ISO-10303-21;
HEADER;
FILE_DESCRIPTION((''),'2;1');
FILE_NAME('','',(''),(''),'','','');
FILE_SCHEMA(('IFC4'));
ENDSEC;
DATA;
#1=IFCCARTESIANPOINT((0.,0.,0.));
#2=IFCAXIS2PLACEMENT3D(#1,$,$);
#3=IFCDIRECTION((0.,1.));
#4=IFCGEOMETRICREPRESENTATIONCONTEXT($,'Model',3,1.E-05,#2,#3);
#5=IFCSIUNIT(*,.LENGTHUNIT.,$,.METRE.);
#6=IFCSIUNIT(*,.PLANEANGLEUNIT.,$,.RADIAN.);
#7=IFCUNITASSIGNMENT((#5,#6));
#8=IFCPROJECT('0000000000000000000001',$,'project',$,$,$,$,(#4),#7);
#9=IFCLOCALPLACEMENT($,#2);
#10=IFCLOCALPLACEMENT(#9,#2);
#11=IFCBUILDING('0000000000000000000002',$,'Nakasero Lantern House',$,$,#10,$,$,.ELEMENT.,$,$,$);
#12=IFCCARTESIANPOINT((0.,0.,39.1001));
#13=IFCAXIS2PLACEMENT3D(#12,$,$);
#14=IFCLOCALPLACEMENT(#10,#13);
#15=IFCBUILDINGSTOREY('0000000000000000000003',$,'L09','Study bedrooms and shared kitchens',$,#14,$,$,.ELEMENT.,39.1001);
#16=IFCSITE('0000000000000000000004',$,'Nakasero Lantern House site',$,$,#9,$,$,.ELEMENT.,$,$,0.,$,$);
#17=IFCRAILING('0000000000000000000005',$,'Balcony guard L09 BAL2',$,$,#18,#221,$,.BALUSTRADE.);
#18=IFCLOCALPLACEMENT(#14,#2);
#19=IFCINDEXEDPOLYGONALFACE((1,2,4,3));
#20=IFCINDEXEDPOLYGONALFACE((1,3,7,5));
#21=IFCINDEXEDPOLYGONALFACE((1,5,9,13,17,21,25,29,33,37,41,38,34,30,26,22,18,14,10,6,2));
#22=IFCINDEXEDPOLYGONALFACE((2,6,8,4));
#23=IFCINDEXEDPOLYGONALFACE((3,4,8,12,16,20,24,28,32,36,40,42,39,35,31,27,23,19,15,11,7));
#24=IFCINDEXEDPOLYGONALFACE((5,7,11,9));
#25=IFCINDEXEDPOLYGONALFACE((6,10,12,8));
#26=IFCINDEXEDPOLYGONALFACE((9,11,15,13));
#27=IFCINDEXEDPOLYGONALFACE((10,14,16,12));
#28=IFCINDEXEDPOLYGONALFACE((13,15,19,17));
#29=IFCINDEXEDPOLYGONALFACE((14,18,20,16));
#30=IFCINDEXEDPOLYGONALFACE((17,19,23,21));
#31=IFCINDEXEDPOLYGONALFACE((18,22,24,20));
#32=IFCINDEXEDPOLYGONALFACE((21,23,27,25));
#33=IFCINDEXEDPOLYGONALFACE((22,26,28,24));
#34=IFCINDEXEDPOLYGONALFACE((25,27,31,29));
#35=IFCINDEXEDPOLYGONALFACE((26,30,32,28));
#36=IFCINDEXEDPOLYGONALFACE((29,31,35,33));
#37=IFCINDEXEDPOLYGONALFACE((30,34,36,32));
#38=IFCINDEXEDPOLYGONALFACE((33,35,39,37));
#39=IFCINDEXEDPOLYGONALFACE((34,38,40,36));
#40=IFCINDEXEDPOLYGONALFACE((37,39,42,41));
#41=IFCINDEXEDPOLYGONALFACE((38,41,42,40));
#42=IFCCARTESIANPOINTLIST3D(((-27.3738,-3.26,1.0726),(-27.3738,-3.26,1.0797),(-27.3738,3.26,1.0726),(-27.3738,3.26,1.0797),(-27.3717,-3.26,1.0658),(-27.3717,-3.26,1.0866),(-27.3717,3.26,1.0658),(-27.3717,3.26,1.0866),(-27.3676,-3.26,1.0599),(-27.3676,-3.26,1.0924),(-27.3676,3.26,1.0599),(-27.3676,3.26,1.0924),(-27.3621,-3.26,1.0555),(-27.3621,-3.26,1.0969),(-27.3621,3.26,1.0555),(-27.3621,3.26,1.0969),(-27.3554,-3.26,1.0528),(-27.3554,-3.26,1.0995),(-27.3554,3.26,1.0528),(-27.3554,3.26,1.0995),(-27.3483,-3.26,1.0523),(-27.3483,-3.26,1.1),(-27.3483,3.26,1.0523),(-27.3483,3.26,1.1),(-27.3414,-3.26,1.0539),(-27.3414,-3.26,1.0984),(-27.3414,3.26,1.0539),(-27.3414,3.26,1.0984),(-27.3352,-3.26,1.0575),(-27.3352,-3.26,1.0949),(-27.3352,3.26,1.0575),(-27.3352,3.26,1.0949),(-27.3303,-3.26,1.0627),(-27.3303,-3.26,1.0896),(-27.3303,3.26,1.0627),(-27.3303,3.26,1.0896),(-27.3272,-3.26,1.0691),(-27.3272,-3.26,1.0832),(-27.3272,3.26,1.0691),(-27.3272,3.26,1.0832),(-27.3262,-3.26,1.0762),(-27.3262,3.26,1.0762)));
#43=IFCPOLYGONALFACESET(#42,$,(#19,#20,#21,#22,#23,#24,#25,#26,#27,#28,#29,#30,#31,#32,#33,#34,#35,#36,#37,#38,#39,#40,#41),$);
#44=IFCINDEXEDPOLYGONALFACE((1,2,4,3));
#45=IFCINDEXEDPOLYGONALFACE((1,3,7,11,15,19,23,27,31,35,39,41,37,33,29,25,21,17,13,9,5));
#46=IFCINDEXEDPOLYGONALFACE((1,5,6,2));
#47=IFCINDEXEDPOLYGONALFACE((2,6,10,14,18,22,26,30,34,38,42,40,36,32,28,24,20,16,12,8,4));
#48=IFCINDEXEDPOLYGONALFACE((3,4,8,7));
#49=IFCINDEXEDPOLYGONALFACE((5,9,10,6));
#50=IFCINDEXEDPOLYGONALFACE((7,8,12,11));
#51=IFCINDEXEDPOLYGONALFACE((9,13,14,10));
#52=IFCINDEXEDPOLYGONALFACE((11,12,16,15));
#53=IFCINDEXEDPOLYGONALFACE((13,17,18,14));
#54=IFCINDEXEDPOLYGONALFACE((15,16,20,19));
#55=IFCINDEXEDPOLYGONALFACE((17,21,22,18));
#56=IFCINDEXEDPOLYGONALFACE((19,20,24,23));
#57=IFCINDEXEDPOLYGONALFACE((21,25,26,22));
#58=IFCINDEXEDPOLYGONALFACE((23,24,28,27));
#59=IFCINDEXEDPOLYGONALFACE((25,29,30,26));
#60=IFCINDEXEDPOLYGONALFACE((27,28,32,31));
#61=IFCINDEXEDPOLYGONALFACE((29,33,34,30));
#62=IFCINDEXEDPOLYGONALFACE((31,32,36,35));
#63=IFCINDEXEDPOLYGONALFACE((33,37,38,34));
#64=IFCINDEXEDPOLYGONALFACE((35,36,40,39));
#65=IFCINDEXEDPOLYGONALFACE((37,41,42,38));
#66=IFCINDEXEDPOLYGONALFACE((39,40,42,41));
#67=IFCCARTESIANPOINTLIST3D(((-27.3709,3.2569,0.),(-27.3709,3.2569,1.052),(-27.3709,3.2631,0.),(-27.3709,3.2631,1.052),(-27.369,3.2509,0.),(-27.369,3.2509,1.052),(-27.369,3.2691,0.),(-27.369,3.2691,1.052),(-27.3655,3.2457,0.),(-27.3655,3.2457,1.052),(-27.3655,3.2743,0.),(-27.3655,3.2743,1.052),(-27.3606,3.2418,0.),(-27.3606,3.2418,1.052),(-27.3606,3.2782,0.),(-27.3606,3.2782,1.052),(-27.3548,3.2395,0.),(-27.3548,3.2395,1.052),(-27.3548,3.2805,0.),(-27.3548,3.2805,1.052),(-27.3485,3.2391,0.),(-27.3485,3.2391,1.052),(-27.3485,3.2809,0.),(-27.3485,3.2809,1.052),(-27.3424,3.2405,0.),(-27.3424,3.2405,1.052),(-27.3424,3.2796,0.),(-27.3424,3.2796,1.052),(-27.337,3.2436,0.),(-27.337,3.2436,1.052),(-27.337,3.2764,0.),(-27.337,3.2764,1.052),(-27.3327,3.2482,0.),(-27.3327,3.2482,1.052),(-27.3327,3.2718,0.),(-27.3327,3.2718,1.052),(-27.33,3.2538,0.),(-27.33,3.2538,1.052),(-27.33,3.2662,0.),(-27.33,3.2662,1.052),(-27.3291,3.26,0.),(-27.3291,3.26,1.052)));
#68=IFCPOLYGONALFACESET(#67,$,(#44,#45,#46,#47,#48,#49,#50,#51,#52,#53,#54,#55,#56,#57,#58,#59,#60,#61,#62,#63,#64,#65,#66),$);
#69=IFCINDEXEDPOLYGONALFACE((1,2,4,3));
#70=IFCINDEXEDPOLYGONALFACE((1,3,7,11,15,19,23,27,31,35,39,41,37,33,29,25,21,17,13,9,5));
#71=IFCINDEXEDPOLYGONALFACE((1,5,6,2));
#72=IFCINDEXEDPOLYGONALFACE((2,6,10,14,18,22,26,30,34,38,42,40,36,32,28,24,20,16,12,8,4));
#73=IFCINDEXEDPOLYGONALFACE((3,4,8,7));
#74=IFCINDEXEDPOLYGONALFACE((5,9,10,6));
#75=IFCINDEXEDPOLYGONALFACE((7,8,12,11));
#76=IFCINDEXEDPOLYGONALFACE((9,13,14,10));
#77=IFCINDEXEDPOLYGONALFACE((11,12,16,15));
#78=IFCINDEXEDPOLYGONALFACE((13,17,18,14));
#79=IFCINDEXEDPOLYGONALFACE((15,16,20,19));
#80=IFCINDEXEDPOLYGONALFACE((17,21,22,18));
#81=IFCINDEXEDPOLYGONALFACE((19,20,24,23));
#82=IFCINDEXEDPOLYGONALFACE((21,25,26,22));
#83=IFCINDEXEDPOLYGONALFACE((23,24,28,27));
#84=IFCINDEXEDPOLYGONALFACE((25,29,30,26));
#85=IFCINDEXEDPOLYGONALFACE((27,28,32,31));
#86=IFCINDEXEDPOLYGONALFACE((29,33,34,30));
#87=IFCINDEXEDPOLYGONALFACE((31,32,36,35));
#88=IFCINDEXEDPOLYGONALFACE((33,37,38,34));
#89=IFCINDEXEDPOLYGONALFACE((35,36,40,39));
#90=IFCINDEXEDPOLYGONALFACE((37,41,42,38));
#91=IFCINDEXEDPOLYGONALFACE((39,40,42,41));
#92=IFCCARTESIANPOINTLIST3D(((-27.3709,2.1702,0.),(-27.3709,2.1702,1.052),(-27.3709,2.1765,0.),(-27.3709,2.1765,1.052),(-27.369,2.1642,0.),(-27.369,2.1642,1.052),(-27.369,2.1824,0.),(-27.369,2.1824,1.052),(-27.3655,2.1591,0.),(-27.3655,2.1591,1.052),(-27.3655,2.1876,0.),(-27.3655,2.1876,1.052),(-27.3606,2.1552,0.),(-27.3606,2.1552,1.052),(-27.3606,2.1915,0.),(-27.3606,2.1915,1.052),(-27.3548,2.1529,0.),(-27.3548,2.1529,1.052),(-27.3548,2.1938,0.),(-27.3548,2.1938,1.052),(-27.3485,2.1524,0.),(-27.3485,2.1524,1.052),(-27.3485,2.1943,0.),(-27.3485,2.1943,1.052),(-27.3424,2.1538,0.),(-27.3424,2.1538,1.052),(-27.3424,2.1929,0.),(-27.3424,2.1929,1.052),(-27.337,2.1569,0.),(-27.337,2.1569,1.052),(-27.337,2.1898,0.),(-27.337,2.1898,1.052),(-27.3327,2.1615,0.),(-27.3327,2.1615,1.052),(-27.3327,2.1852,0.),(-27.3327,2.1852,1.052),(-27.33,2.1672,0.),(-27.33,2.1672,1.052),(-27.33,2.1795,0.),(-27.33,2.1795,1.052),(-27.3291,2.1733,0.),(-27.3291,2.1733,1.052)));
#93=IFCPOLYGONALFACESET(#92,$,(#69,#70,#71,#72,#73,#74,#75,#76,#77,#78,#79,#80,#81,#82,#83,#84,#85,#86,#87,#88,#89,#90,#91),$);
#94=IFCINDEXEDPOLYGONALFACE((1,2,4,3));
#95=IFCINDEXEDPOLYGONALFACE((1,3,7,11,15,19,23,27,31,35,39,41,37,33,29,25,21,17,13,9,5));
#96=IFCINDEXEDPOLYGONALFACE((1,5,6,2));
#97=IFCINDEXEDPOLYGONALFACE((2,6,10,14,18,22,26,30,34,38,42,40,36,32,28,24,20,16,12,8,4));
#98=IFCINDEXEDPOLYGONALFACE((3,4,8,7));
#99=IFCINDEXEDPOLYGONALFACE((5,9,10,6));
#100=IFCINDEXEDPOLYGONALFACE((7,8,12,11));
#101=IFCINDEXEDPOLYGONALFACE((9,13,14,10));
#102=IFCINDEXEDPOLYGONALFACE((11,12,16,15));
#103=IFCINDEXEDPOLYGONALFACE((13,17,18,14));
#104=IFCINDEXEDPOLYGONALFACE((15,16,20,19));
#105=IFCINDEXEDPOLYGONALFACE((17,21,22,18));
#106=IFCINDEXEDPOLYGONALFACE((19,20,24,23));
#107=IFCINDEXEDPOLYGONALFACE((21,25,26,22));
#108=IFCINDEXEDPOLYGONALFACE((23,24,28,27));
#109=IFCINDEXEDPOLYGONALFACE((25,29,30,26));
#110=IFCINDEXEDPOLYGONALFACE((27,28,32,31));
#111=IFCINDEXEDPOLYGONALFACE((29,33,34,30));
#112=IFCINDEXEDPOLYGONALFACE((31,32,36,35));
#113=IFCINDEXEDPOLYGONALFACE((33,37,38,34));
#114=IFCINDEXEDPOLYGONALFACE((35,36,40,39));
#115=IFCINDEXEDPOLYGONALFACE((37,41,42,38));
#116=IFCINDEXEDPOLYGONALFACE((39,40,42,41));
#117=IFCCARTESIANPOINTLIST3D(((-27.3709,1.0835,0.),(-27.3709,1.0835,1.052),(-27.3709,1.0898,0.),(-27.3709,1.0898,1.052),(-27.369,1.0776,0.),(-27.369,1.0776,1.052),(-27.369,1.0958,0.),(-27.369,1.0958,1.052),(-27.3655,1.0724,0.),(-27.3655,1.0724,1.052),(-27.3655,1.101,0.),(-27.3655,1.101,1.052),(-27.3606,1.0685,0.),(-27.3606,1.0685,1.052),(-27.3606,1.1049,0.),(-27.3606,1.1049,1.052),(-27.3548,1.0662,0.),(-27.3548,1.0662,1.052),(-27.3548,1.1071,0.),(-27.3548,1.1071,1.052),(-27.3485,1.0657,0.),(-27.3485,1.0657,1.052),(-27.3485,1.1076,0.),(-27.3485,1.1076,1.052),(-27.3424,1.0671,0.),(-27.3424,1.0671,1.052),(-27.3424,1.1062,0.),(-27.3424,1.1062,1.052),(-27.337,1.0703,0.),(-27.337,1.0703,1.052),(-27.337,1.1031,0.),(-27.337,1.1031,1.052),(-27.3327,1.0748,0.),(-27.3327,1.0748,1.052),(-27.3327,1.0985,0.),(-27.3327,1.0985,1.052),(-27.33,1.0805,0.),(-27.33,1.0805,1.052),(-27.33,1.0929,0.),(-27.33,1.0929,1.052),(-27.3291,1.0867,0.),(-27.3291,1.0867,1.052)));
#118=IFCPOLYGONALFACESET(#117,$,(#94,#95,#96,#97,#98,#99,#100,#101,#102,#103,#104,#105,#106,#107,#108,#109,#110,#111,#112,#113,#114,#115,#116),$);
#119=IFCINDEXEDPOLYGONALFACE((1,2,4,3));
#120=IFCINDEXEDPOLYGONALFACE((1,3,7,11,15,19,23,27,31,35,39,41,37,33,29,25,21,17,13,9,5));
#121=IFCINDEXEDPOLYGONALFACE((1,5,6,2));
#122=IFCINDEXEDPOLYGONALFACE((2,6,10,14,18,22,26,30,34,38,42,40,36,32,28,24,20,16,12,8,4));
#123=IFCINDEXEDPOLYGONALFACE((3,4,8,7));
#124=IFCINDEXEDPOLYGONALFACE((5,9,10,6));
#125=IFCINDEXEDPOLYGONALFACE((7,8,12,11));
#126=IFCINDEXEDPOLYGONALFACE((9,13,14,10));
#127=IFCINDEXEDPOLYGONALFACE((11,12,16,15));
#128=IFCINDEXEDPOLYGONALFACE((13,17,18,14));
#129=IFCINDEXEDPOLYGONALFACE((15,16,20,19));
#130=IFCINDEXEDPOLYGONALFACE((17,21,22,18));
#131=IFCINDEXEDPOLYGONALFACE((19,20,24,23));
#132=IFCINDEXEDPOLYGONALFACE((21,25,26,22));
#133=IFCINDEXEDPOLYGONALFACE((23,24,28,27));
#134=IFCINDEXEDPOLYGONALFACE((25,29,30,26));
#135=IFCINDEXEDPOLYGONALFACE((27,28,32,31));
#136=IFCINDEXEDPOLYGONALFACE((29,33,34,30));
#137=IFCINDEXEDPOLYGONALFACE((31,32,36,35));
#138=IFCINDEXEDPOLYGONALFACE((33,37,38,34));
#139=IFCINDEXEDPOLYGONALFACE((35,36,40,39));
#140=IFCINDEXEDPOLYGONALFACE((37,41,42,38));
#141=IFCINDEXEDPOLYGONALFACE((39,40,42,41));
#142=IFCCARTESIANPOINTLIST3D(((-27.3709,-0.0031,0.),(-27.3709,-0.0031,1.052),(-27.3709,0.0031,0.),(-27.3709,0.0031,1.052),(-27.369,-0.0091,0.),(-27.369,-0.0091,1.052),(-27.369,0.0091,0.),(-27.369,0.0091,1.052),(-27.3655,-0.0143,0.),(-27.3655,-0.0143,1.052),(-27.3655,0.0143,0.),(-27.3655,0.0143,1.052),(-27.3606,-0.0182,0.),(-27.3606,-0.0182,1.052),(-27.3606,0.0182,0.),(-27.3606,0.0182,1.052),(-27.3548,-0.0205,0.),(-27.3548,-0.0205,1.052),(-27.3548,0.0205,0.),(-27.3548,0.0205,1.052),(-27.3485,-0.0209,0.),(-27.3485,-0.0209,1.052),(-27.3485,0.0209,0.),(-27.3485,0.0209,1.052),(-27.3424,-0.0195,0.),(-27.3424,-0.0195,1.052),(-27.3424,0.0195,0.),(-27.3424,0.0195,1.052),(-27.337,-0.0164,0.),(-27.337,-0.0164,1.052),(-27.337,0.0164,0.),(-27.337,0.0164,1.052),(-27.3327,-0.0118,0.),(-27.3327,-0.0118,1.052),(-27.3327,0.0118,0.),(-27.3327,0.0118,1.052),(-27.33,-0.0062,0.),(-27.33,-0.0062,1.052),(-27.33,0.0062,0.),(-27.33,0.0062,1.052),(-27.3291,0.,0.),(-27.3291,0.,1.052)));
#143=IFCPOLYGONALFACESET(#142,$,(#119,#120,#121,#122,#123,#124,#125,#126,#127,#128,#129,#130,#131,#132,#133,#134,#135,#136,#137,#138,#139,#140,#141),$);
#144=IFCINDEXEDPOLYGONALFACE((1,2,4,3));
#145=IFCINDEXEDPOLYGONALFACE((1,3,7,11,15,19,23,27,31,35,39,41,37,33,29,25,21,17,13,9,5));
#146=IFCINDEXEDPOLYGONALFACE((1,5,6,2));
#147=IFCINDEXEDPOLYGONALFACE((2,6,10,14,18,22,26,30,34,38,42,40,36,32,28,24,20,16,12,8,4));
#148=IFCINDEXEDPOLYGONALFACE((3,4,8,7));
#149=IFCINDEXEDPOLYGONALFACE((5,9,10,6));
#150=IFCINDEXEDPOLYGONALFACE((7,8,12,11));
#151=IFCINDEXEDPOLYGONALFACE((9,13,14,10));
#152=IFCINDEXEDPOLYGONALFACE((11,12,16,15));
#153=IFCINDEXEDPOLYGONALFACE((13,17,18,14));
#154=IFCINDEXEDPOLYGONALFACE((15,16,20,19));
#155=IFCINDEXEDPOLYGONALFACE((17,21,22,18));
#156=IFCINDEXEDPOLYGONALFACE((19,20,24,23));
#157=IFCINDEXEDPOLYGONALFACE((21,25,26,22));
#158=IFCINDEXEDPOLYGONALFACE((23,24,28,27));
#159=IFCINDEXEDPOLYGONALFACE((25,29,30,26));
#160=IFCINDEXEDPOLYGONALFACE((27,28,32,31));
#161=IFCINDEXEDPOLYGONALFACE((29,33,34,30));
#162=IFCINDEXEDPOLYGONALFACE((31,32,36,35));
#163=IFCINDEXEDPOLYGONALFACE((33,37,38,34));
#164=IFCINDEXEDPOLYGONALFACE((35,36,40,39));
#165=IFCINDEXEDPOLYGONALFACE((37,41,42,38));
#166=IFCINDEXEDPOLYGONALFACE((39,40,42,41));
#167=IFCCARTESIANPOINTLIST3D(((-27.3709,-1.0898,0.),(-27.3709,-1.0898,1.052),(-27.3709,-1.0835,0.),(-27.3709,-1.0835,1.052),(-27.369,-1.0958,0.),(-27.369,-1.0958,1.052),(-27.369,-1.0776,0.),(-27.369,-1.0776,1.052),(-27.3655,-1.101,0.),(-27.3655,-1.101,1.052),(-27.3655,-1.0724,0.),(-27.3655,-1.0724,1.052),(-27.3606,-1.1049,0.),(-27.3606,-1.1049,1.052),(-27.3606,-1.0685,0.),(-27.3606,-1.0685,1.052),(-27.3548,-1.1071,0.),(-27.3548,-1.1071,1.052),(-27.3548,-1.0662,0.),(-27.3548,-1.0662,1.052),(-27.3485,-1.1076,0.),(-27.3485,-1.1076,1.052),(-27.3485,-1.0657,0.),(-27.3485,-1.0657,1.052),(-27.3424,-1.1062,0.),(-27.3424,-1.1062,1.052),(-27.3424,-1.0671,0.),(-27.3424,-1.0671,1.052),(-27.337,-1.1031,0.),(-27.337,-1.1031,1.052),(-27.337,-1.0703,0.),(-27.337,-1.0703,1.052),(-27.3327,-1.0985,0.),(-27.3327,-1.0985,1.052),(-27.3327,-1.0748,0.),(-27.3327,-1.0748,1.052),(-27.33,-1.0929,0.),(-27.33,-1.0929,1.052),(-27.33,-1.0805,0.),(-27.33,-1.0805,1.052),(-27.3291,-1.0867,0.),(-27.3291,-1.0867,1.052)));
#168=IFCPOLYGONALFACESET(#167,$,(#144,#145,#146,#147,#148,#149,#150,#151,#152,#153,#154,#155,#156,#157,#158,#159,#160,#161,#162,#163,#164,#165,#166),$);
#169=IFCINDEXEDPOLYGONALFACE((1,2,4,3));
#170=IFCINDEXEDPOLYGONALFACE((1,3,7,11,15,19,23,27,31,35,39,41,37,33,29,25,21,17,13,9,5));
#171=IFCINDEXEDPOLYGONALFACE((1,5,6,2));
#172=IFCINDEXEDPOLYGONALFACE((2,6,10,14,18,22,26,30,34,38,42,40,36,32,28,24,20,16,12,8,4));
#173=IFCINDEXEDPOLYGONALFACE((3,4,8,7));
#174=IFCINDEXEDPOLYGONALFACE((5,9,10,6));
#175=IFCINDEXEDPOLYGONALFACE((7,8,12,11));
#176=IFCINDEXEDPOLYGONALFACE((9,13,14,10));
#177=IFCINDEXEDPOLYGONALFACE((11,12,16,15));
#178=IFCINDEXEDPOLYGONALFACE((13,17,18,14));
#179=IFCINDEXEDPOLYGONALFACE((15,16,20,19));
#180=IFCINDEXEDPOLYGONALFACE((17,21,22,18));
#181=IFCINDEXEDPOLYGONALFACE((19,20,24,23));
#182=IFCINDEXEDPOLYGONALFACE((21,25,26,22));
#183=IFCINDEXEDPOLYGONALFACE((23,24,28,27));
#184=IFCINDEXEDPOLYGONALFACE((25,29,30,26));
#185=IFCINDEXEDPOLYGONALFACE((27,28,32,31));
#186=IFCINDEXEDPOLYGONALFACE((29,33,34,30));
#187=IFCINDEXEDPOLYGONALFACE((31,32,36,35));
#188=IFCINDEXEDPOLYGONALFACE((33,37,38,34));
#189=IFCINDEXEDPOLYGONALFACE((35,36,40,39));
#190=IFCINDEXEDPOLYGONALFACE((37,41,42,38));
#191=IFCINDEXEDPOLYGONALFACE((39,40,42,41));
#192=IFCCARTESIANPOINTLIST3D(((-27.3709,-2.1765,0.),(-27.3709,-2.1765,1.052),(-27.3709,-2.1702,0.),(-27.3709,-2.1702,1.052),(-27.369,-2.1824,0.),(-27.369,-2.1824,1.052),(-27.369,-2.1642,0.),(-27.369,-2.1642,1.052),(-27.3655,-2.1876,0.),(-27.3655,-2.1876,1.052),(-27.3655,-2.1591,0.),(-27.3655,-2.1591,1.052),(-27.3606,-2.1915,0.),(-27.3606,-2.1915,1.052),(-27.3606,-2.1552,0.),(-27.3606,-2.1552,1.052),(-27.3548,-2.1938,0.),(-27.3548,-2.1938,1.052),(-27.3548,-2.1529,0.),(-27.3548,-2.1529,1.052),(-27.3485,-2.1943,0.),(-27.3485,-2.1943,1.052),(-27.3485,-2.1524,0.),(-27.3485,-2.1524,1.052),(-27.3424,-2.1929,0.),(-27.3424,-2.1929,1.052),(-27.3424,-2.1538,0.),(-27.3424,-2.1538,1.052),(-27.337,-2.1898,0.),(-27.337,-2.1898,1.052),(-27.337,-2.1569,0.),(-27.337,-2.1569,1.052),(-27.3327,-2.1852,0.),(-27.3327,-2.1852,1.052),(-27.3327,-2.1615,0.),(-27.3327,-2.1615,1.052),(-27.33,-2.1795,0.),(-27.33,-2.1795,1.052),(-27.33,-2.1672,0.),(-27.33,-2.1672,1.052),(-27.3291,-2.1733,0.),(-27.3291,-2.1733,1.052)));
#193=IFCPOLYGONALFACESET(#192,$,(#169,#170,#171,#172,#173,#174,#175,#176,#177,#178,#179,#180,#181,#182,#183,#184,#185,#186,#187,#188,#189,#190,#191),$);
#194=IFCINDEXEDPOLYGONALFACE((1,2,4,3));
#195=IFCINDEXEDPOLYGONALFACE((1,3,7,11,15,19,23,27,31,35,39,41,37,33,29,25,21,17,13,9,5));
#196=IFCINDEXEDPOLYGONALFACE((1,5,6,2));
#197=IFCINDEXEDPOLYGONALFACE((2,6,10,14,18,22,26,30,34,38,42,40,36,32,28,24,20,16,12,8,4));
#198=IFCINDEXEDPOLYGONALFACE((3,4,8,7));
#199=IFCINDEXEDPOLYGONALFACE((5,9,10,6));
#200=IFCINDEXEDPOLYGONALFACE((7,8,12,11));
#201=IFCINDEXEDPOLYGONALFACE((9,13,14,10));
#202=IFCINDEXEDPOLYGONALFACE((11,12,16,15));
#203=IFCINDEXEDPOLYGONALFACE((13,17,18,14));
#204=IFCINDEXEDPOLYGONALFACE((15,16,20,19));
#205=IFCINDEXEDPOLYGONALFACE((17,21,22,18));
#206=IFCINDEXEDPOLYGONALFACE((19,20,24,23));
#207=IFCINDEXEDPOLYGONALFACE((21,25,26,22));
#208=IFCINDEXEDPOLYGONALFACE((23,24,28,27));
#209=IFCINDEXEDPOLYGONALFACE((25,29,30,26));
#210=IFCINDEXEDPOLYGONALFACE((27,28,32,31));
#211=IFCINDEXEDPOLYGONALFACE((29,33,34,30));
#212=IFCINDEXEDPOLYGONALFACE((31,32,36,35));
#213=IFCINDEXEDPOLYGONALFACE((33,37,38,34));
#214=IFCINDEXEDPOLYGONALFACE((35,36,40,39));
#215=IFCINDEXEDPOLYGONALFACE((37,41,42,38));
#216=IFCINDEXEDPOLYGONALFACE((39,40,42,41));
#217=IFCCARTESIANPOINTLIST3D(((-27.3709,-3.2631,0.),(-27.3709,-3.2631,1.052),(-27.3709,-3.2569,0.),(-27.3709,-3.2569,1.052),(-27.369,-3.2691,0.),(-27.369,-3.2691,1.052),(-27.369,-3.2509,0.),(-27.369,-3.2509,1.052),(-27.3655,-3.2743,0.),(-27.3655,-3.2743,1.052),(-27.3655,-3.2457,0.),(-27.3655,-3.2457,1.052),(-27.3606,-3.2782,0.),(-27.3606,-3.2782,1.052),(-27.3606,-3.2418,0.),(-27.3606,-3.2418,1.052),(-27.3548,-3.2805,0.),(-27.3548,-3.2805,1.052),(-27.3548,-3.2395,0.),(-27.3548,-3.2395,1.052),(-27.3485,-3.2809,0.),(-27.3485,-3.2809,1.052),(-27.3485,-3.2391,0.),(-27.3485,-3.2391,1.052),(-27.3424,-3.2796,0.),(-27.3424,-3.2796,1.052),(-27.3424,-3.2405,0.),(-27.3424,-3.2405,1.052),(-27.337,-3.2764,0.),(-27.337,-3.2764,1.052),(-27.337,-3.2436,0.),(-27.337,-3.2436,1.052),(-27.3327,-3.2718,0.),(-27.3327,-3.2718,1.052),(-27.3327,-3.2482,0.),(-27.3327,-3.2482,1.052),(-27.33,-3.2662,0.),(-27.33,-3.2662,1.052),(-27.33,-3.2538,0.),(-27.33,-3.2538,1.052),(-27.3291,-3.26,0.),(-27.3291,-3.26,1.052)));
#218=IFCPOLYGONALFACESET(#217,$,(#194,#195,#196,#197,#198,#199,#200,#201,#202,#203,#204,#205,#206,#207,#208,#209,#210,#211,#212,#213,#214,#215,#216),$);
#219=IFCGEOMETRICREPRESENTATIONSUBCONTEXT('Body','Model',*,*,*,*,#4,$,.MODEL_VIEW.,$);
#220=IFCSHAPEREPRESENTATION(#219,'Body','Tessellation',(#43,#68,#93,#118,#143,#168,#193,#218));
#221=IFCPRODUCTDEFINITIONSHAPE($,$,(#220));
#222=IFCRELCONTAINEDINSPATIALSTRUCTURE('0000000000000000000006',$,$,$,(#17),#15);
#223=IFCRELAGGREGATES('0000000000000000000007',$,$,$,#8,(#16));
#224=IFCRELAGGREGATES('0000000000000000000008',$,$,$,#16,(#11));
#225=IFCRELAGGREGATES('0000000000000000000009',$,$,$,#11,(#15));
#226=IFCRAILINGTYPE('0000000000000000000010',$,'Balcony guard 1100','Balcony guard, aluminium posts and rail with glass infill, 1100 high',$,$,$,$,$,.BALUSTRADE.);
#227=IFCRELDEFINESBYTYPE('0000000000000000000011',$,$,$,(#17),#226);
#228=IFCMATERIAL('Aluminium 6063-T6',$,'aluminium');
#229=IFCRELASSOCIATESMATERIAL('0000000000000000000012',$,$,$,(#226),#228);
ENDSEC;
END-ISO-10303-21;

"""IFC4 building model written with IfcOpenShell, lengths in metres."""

from ifc_helpers import new_model, si_unit, direction, frame, origin, origin_2d, place, context, subcontext, project, spatial, circle, extrude, material, type_object, element, save


model = new_model("IFC4")

# Units and contexts
model_context = context("Model", 3, precision=1e-05, world=origin(), true_north=direction((0.0, 1.0)))
body_context = subcontext(model_context, "Body", "Model", "MODEL_VIEW")
ifc_project = project(units=[si_unit("LENGTHUNIT", "METRE"), si_unit("PLANEANGLEUNIT", "RADIAN")], contexts=[model_context])

# Site, building, storey
site_placement = place(None, origin())
site = spatial("IfcSite", under=ifc_project, at=site_placement, Name="Nakasero Lantern House site", CompositionType="ELEMENT", RefElevation=0.0)
building_placement = place(site_placement, origin())
building = spatial("IfcBuilding", under=site, at=building_placement, Name="Nakasero Lantern House", CompositionType="ELEMENT")
storey_placement = place(building_placement, frame((0.0, 0.0, 39.1001)))
storey = spatial("IfcBuildingStorey", under=building, at=storey_placement, Name="L09", Description="Study bedrooms and shared kitchens", CompositionType="ELEMENT", Elevation=39.1001)

# Railing
ifc_material_1 = material(Name="Aluminium 6063-T6", Category="aluminium")
railing_type = type_object("IfcRailingType", Name="Balcony guard 1100", Description="Balcony guard, aluminium posts and rail with glass infill, 1100 high", PredefinedType="BALUSTRADE", material=ifc_material_1)
railing_placement = place(storey_placement, frame((-27.3501, 3.26, 0.0)))
element("IfcRailing", 1, at=railing_placement, inside=storey, type_object=railing_type, Name="Balcony guard L09 BAL2", PredefinedType="BALUSTRADE", context=body_context, shape_type="SweptSolid", body=[
    extrude(circle(Radius=0.0239, at=origin_2d()), frame((0.0, 0.0, 1.0762), z_axis=(0.0, -1.0, 0.0), x_axis=(1.0, 0.0, 0.0)), (0.0, 0.0, 1.0), 6.52),
    extrude(circle(Radius=0.021, at=origin_2d()), origin(), (0.0, 0.0, 1.0), 1.052),
    extrude(circle(Radius=0.021, at=origin_2d()), frame((0.0, -1.0867, 0.0)), (0.0, 0.0, 1.0), 1.052),
    extrude(circle(Radius=0.021, at=origin_2d()), frame((0.0, -2.1733, 0.0)), (0.0, 0.0, 1.0), 1.052),
    extrude(circle(Radius=0.021, at=origin_2d()), frame((0.0, -3.26, 0.0)), (0.0, 0.0, 1.0), 1.052),
    extrude(circle(Radius=0.021, at=origin_2d()), frame((0.0, -4.3467, 0.0)), (0.0, 0.0, 1.0), 1.052),
    extrude(circle(Radius=0.021, at=origin_2d()), frame((0.0, -5.4333, 0.0)), (0.0, 0.0, 1.0), 1.052),
    extrude(circle(Radius=0.021, at=origin_2d()), frame((0.0, -6.52, 0.0)), (0.0, 0.0, 1.0), 1.052),
])

save(model, "model.ifc")
